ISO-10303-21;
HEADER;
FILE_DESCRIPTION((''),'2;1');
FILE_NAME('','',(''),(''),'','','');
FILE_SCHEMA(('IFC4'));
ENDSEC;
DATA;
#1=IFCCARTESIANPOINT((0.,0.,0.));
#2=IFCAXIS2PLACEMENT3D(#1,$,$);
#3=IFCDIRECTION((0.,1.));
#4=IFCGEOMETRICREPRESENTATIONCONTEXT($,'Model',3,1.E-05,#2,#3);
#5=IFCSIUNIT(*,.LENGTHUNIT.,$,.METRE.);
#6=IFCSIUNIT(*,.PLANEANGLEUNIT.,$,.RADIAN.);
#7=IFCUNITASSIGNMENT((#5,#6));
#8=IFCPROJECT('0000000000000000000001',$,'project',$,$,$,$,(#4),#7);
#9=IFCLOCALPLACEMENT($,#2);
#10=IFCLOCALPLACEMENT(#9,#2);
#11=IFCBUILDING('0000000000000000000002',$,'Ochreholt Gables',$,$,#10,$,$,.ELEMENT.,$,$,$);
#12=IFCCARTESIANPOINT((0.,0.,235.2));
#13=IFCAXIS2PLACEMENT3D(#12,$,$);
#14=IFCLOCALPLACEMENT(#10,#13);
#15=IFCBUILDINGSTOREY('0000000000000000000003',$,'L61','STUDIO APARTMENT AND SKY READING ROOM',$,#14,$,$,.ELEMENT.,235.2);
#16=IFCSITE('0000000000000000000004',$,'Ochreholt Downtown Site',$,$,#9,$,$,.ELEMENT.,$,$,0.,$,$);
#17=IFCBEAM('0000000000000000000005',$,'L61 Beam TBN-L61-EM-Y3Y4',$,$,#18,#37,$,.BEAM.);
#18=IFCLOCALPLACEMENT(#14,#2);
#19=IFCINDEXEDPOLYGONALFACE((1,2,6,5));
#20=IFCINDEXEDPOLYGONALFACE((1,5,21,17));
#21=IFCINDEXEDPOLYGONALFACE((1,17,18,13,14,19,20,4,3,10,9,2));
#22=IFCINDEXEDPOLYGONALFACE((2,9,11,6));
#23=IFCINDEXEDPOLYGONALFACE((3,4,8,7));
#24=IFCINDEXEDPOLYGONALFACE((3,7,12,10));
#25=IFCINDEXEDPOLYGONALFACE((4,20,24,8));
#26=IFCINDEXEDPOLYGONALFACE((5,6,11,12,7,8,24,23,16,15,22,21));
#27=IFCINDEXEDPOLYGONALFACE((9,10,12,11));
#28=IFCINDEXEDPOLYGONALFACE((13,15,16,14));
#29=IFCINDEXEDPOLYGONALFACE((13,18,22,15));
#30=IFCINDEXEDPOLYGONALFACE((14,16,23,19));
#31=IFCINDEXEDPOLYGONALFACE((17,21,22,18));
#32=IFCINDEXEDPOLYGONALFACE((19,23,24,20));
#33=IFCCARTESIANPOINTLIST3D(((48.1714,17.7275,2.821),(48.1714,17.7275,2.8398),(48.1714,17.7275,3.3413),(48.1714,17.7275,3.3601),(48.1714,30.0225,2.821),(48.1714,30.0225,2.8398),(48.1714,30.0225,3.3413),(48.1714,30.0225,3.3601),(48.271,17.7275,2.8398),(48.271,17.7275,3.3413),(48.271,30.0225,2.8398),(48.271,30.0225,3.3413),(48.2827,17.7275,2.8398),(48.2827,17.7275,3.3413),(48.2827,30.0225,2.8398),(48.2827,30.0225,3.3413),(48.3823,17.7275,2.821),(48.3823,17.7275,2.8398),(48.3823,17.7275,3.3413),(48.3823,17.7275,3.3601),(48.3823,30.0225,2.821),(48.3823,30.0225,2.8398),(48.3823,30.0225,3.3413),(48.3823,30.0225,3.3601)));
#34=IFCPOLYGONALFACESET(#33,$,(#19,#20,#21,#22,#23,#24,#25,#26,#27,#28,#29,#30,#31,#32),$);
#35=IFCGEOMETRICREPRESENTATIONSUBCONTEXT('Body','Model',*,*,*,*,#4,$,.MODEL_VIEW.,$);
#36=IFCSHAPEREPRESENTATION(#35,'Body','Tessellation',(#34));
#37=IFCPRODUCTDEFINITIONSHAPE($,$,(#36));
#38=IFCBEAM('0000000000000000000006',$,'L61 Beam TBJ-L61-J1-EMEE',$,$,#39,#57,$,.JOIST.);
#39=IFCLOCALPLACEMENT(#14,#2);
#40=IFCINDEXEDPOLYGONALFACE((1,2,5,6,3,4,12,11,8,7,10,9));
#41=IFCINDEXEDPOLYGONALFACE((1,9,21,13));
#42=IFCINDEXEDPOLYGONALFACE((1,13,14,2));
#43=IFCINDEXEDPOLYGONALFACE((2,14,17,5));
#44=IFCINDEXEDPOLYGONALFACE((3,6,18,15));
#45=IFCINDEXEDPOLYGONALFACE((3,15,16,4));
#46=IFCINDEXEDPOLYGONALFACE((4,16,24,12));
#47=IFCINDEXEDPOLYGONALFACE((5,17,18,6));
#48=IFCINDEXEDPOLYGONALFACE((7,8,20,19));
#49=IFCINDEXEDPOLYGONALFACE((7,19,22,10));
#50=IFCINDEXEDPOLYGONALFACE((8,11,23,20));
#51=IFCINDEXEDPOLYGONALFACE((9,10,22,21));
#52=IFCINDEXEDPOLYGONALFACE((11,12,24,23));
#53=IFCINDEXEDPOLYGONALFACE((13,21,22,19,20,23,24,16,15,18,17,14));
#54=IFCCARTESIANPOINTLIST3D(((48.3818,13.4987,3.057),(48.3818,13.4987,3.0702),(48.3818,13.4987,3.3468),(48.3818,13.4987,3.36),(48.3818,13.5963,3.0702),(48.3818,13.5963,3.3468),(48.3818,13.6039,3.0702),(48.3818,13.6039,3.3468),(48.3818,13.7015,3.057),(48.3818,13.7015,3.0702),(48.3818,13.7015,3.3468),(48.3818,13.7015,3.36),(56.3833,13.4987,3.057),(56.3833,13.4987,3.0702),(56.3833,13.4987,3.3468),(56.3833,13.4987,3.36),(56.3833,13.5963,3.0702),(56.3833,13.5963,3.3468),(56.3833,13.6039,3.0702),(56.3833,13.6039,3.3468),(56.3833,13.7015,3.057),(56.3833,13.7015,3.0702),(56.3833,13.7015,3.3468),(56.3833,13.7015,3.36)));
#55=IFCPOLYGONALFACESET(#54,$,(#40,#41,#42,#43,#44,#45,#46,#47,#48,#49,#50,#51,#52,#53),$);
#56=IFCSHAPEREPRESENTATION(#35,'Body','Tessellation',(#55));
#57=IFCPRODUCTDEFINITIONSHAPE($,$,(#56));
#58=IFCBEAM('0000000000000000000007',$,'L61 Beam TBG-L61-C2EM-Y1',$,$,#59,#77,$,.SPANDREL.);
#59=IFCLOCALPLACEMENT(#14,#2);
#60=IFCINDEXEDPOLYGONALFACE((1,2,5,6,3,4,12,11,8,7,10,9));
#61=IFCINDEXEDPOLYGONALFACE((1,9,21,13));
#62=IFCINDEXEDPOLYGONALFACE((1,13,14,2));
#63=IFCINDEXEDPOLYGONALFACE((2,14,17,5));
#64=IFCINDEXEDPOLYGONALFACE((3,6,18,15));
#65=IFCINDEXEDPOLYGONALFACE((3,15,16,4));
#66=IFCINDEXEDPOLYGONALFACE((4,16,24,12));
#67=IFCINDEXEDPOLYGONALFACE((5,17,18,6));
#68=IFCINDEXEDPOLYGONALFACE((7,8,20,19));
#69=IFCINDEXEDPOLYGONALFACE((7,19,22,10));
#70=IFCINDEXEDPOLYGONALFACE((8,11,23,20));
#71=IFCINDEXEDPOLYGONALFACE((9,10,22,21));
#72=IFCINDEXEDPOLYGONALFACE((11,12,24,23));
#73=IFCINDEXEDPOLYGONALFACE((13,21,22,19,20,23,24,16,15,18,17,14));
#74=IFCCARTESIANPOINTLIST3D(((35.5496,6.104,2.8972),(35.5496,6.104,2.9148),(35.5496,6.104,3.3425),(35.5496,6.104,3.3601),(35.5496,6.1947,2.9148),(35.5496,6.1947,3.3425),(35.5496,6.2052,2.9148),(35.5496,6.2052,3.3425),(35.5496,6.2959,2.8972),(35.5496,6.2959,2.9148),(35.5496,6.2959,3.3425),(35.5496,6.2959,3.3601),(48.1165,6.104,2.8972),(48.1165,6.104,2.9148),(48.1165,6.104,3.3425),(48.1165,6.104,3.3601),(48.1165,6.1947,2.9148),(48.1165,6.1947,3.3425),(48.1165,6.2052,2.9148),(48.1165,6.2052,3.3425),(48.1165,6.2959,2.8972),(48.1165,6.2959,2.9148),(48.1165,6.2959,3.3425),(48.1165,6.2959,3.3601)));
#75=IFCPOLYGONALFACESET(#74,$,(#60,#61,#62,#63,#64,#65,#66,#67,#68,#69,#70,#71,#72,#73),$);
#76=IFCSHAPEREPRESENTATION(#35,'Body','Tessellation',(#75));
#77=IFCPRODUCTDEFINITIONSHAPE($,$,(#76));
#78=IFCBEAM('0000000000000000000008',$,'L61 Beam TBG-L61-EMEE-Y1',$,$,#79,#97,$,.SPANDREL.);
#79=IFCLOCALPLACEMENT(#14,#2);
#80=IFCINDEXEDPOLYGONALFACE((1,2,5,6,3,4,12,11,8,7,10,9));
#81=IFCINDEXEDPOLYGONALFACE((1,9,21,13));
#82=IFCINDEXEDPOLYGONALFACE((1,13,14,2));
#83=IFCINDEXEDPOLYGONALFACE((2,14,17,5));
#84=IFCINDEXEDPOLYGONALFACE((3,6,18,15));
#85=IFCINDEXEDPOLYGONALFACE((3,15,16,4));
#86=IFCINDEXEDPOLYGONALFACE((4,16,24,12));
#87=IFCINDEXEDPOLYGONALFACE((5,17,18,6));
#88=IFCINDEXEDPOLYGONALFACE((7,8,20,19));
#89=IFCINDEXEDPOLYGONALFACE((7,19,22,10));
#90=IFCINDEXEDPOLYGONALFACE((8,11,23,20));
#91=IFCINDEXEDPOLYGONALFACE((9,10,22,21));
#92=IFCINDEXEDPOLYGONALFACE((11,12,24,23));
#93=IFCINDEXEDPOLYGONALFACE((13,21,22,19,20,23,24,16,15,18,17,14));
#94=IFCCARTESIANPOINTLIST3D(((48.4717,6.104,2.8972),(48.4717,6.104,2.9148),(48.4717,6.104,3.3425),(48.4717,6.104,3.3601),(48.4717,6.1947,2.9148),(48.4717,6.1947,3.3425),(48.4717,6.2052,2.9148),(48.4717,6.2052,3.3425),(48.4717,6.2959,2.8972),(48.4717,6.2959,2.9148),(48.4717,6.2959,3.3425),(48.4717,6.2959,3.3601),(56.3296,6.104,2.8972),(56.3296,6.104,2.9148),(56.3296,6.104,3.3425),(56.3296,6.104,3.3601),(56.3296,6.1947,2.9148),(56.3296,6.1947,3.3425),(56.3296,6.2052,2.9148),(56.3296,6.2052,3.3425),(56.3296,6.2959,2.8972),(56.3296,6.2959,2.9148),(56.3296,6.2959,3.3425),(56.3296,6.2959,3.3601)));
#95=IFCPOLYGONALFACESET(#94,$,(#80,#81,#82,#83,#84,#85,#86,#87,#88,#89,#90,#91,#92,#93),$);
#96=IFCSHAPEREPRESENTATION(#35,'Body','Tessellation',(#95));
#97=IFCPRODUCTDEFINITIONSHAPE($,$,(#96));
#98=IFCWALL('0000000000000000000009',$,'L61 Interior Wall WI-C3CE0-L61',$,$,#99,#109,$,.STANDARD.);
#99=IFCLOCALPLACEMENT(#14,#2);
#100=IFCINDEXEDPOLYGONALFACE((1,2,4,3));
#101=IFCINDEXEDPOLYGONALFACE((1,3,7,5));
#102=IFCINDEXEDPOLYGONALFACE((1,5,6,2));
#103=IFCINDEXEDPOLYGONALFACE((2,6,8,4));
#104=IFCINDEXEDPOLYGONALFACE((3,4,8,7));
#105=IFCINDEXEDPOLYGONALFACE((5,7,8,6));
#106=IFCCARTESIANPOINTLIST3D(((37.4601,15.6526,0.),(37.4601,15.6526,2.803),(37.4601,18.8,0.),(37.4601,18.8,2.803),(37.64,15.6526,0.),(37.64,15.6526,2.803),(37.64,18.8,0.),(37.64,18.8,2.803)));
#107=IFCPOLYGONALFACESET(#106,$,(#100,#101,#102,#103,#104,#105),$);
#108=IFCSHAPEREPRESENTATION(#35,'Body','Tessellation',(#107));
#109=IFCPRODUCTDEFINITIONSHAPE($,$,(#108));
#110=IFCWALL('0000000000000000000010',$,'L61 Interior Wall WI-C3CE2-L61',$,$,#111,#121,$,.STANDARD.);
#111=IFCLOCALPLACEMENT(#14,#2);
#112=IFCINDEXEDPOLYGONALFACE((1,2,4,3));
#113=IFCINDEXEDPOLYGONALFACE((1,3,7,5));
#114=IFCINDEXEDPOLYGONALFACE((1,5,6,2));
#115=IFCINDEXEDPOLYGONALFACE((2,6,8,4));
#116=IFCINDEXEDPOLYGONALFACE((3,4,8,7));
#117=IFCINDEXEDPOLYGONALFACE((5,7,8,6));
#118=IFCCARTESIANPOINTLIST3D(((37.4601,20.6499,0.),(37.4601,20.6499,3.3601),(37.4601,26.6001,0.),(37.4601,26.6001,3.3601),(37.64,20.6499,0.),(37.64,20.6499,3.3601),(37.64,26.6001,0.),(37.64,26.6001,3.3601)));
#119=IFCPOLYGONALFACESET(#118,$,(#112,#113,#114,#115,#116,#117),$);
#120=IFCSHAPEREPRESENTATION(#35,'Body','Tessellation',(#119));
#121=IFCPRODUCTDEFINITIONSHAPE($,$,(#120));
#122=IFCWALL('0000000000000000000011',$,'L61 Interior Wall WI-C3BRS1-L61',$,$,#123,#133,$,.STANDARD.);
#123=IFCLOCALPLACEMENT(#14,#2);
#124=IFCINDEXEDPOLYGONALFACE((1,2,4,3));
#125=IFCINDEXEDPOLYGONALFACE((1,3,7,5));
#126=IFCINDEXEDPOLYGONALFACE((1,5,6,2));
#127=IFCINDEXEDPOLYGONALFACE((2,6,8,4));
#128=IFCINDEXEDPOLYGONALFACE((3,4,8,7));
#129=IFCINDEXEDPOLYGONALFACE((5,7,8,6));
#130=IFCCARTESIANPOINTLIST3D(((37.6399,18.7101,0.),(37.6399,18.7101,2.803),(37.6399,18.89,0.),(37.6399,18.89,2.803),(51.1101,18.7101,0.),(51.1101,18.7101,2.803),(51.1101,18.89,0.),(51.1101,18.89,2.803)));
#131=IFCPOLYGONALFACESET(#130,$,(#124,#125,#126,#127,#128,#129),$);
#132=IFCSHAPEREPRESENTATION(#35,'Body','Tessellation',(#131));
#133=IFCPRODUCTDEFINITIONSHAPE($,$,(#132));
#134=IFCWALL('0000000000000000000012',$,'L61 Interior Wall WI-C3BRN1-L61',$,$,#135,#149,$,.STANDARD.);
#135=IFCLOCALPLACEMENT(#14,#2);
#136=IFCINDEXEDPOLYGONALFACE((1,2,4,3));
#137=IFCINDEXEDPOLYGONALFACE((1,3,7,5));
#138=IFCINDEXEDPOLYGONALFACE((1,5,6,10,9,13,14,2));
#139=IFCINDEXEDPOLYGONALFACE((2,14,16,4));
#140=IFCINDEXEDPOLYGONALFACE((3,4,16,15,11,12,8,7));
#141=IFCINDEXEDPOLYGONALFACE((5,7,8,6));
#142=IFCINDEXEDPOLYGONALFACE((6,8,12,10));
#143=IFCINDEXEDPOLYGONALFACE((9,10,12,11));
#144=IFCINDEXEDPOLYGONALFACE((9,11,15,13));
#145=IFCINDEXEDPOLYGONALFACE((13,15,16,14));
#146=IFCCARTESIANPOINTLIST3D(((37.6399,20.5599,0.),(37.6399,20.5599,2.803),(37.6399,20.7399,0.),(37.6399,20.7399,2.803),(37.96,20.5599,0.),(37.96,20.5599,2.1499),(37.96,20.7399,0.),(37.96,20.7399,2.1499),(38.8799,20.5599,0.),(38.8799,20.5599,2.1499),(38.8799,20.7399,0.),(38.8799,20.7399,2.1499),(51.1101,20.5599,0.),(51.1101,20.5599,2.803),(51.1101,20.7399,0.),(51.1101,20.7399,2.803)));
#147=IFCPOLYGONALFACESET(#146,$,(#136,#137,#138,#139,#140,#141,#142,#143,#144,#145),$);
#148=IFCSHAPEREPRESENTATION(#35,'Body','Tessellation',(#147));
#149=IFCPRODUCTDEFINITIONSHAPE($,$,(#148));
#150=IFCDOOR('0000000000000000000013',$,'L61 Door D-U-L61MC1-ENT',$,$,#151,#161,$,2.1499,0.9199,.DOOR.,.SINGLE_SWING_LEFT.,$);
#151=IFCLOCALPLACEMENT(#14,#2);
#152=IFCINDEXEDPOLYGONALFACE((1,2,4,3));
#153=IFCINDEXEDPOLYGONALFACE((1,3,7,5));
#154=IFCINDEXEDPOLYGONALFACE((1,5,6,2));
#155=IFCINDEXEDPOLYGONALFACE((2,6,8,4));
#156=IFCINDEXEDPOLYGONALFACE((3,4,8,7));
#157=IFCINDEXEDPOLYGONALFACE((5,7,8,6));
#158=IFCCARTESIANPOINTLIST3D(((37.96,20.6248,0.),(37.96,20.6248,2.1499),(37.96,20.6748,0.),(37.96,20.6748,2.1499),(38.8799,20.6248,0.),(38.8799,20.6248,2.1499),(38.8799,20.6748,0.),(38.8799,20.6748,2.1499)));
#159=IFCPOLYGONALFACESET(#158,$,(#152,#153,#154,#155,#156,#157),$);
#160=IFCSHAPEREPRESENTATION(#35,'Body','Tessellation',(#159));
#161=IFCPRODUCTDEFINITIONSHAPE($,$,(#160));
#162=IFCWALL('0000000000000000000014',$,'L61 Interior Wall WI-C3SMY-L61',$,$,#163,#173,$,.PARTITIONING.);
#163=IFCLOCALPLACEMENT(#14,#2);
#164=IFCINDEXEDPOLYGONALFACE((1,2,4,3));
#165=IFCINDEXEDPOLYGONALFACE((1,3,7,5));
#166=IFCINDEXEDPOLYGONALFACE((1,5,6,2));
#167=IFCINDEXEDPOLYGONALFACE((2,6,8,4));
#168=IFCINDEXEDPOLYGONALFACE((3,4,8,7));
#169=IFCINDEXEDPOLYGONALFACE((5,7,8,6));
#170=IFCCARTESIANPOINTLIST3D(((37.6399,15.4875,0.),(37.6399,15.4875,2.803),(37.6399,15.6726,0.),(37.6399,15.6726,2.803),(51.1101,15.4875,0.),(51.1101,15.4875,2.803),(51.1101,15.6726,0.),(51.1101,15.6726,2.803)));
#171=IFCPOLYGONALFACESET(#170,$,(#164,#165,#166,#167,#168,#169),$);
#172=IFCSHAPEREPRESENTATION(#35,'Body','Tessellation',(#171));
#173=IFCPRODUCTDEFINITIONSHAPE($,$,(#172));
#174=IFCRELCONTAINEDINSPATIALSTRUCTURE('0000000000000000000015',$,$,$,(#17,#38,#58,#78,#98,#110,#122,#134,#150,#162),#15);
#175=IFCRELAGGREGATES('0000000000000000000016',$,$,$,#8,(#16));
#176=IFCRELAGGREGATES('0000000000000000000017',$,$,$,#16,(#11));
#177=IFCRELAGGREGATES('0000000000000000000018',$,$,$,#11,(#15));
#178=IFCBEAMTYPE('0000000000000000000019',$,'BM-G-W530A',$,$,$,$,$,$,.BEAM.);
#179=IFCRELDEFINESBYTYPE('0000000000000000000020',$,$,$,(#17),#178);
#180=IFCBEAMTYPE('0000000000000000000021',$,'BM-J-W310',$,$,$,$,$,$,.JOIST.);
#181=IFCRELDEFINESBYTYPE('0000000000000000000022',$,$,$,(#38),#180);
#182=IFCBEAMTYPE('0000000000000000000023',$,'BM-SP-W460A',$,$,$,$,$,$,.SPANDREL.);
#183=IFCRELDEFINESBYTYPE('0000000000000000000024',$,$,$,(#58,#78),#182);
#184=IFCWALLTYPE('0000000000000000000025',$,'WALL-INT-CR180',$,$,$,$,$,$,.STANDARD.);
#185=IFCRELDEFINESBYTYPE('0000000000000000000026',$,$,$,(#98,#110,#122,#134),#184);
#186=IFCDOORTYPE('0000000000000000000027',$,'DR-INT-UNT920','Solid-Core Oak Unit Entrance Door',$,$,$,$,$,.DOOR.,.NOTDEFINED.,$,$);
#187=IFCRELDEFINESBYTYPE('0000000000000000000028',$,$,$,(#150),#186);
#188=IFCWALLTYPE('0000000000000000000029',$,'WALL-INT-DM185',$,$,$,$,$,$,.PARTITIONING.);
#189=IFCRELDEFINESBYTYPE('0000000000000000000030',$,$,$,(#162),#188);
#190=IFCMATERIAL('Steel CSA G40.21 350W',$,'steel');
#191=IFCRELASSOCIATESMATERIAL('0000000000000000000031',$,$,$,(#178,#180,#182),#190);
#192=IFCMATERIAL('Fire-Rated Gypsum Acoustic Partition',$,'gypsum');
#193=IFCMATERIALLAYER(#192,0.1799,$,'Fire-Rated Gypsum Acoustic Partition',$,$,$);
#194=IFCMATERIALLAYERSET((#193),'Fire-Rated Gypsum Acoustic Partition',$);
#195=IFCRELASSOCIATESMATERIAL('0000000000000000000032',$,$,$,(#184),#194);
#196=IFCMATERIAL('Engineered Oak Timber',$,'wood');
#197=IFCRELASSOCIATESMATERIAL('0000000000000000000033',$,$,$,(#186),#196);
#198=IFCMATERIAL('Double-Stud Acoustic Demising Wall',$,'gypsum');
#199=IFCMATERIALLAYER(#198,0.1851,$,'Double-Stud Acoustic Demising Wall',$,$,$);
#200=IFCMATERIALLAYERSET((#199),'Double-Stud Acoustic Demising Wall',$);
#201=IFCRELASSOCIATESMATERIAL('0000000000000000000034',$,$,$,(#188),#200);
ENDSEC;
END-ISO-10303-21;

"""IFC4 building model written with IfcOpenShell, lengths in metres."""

from ifc_helpers import new_model, si_unit, direction, frame, frame_2d, origin, origin_2d, place, context, subcontext, project, spatial, rectangle, i_section, extrude, material, layer, layer_set, material_profile, profile_set, type_object, element, fill, save


model = new_model("IFC4")

# Units and contexts
model_context = context("Model", 3, precision=1e-05, world=origin(), true_north=direction((0.0, 1.0)))
body_context = subcontext(model_context, "Body", "Model", "MODEL_VIEW")
ifc_project = project(units=[si_unit("LENGTHUNIT", "METRE"), si_unit("PLANEANGLEUNIT", "RADIAN")], contexts=[model_context])

# Site, building, storey
site_placement = place(None, origin())
site = spatial("IfcSite", under=ifc_project, at=site_placement, Name="Ochreholt Downtown Site", CompositionType="ELEMENT", RefElevation=0.0)
building_placement = place(site_placement, origin())
building = spatial("IfcBuilding", under=site, at=building_placement, Name="Ochreholt Gables", CompositionType="ELEMENT")
storey_placement = place(building_placement, frame((0.0, 0.0, 235.2)))
storey = spatial("IfcBuildingStorey", under=building, at=storey_placement, Name="L61", Description="STUDIO APARTMENT AND SKY READING ROOM", CompositionType="ELEMENT", Elevation=235.2)

# Shared definitions
ifc_material_1 = material(Name="Steel CSA G40.21 350W", Category="steel")

# Beams
ifc_material_profile_1 = material_profile(ifc_material_1, i_section(OverallWidth=0.2109, OverallDepth=0.5391, WebThickness=0.0117, FlangeThickness=0.0188, at=origin_2d()), Name="W530X109")
ifc_profile_set_1 = profile_set([ifc_material_profile_1], Name="Steel CSA G40.21 350W")
beam_type_1 = type_object("IfcBeamType", Name="BM-G-W530A", PredefinedType="BEAM", material=ifc_profile_set_1)
beam_1_placement = place(storey_placement, frame((48.2769, 17.7275, 3.0906), z_axis=(0.0, 1.0, 0.0), x_axis=(-1.0, 0.0, 0.0)))
element("IfcBeam", 1, at=beam_1_placement, inside=storey, type_object=beam_type_1, Name="L61 Beam TBN-L61-EM-Y3Y4", PredefinedType="BEAM", context=body_context, shape_type="SweptSolid", body=[
    extrude(i_section(OverallWidth=0.2109, OverallDepth=0.5391, WebThickness=0.0117, FlangeThickness=0.0188, at=origin_2d()), origin(), (0.0, 0.0, 1.0), 12.2949),
])
ifc_material_profile_2 = material_profile(ifc_material_1, i_section(OverallWidth=0.2029, OverallDepth=0.303, WebThickness=0.0076, FlangeThickness=0.0132, at=origin_2d()), Name="W310X60")
ifc_profile_set_2 = profile_set([ifc_material_profile_2], Name="Steel CSA G40.21 350W")
beam_type_2 = type_object("IfcBeamType", Name="BM-J-W310", PredefinedType="JOIST", material=ifc_profile_set_2)
beam_2_placement = place(storey_placement, frame((48.3818, 13.6001, 3.2085), z_axis=(1.0, 0.0, 0.0), x_axis=(0.0, 1.0, 0.0)))
element("IfcBeam", 2, at=beam_2_placement, inside=storey, type_object=beam_type_2, Name="L61 Beam TBJ-L61-J1-EMEE", PredefinedType="JOIST", context=body_context, shape_type="SweptSolid", body=[
    extrude(i_section(OverallWidth=0.2029, OverallDepth=0.303, WebThickness=0.0076, FlangeThickness=0.0132, at=origin_2d()), origin(), (0.0, 0.0, 1.0), 8.0015),
])
ifc_material_profile_3 = material_profile(ifc_material_1, i_section(OverallWidth=0.1919, OverallDepth=0.4629, WebThickness=0.0105, FlangeThickness=0.0176, at=origin_2d()), Name="W460X89")
ifc_profile_set_3 = profile_set([ifc_material_profile_3], Name="Steel CSA G40.21 350W")
beam_type_3 = type_object("IfcBeamType", Name="BM-SP-W460A", PredefinedType="SPANDREL", material=ifc_profile_set_3)
beam_3_placement = place(storey_placement, frame((35.5496, 6.2, 3.1287), z_axis=(1.0, 0.0, 0.0), x_axis=(0.0, 1.0, 0.0)))
element("IfcBeam", 3, at=beam_3_placement, inside=storey, type_object=beam_type_3, Name="L61 Beam TBG-L61-C2EM-Y1", PredefinedType="SPANDREL", context=body_context, shape_type="SweptSolid", body=[
    extrude(i_section(OverallWidth=0.1919, OverallDepth=0.4629, WebThickness=0.0105, FlangeThickness=0.0176, at=origin_2d()), origin(), (0.0, 0.0, 1.0), 12.5669),
])
beam_4_placement = place(storey_placement, frame((48.4717, 6.2, 3.1287), z_axis=(1.0, 0.0, 0.0), x_axis=(0.0, 1.0, 0.0)))
element("IfcBeam", 4, at=beam_4_placement, inside=storey, type_object=beam_type_3, Name="L61 Beam TBG-L61-EMEE-Y1", PredefinedType="SPANDREL", context=body_context, shape_type="SweptSolid", body=[
    extrude(i_section(OverallWidth=0.1919, OverallDepth=0.4629, WebThickness=0.0105, FlangeThickness=0.0176, at=origin_2d()), origin(), (0.0, 0.0, 1.0), 7.8579),
])

# Walls
ifc_material_2 = material(Name="Fire-Rated Gypsum Acoustic Partition", Category="gypsum")
ifc_layer_1 = layer(ifc_material_2, 0.1799, Name="Fire-Rated Gypsum Acoustic Partition")
ifc_layer_set_1 = layer_set([ifc_layer_1], Name="Fire-Rated Gypsum Acoustic Partition")
wall_type_1 = type_object("IfcWallType", Name="WALL-INT-CR180", PredefinedType="STANDARD", material=ifc_layer_set_1)
wall_1_placement = place(storey_placement, frame((37.55, 15.6526, 0.0), z_axis=(0.0, 0.0, 1.0), x_axis=(0.0, 1.0, 0.0)))
element("IfcWall", 5, at=wall_1_placement, inside=storey, type_object=wall_type_1, Name="L61 Interior Wall WI-C3CE0-L61", PredefinedType="STANDARD", context=body_context, shape_type="SweptSolid", body=[
    extrude(rectangle(XDim=3.1475, YDim=0.1799, at=frame_2d((1.5737, 0.0))), origin(), (0.0, 0.0, 1.0), 2.803),
])
wall_2_placement = place(storey_placement, frame((37.55, 20.6499, 0.0), z_axis=(0.0, 0.0, 1.0), x_axis=(0.0, 1.0, 0.0)))
element("IfcWall", 6, at=wall_2_placement, inside=storey, type_object=wall_type_1, Name="L61 Interior Wall WI-C3CE2-L61", PredefinedType="STANDARD", context=body_context, shape_type="SweptSolid", body=[
    extrude(rectangle(XDim=5.9502, YDim=0.1799, at=frame_2d((2.9751, 0.0))), origin(), (0.0, 0.0, 1.0), 3.3601),
])
wall_3_placement = place(storey_placement, frame((37.6399, 18.8, 0.0), z_axis=(0.0, 0.0, 1.0), x_axis=(1.0, 0.0, 0.0)))
element("IfcWall", 7, at=wall_3_placement, inside=storey, type_object=wall_type_1, Name="L61 Interior Wall WI-C3BRS1-L61", PredefinedType="STANDARD", context=body_context, shape_type="SweptSolid", body=[
    extrude(rectangle(XDim=13.4702, YDim=0.1799, at=frame_2d((6.7351, 0.0))), origin(), (0.0, 0.0, 1.0), 2.803),
])

# Wall, opening, door
wall_4_placement = place(storey_placement, frame((37.6399, 20.6499, 0.0), z_axis=(0.0, 0.0, 1.0), x_axis=(1.0, 0.0, 0.0)))
wall_4 = element("IfcWall", 8, at=wall_4_placement, inside=storey, type_object=wall_type_1, Name="L61 Interior Wall WI-C3BRN1-L61", PredefinedType="STANDARD", context=body_context, shape_type="SweptSolid", body=[
    extrude(rectangle(XDim=13.4702, YDim=0.1799, at=frame_2d((6.7351, 0.0))), origin(), (0.0, 0.0, 1.0), 2.803),
])
opening_1_placement = place(wall_4_placement, frame((0.3201, 0.0, 0.0)))
opening_1 = element("IfcOpeningElement", 9, at=opening_1_placement, cuts=wall_4, PredefinedType="OPENING", context=body_context, shape_type="SweptSolid", body=[
    extrude(rectangle(XDim=0.9199, YDim=2.1499, at=frame_2d((0.46, 1.075))), frame((0.0, 0.0999, 0.0), z_axis=(0.0, -1.0, 0.0), x_axis=(1.0, 0.0, 0.0)), (0.0, 0.0, 1.0), 0.2),
])
ifc_material_3 = material(Name="Engineered Oak Timber", Category="wood")
door_type_1 = type_object("IfcDoorType", Name="DR-INT-UNT920", Description="Solid-Core Oak Unit Entrance Door", OperationType="NOTDEFINED", PredefinedType="DOOR", material=ifc_material_3)
door_1_placement = place(opening_1_placement, origin())
door_1 = element("IfcDoor", 10, at=door_1_placement, inside=storey, type_object=door_type_1, Name="L61 Door D-U-L61MC1-ENT", OperationType="SINGLE_SWING_LEFT", OverallHeight=2.1499, OverallWidth=0.9199, PredefinedType="DOOR", context=body_context, shape_type="SweptSolid", body=[
    extrude(rectangle(XDim=0.9199, YDim=2.1499, at=frame_2d((0.46, 1.075))), frame((0.0, 0.0249, 0.0), z_axis=(0.0, -1.0, 0.0), x_axis=(1.0, 0.0, 0.0)), (0.0, 0.0, 1.0), 0.05),
])
fill(opening_1, door_1)

# Wall
ifc_material_4 = material(Name="Double-Stud Acoustic Demising Wall", Category="gypsum")
ifc_layer_2 = layer(ifc_material_4, 0.1851, Name="Double-Stud Acoustic Demising Wall")
ifc_layer_set_2 = layer_set([ifc_layer_2], Name="Double-Stud Acoustic Demising Wall")
wall_type_2 = type_object("IfcWallType", Name="WALL-INT-DM185", PredefinedType="PARTITIONING", material=ifc_layer_set_2)
wall_5_placement = place(storey_placement, frame((37.6399, 15.5801, 0.0), z_axis=(0.0, 0.0, 1.0), x_axis=(1.0, 0.0, 0.0)))
element("IfcWall", 11, at=wall_5_placement, inside=storey, type_object=wall_type_2, Name="L61 Interior Wall WI-C3SMY-L61", PredefinedType="PARTITIONING", context=body_context, shape_type="SweptSolid", body=[
    extrude(rectangle(XDim=13.4702, YDim=0.1851, at=frame_2d((6.7351, 0.0))), origin(), (0.0, 0.0, 1.0), 2.803),
])

save(model, "model.ifc")
